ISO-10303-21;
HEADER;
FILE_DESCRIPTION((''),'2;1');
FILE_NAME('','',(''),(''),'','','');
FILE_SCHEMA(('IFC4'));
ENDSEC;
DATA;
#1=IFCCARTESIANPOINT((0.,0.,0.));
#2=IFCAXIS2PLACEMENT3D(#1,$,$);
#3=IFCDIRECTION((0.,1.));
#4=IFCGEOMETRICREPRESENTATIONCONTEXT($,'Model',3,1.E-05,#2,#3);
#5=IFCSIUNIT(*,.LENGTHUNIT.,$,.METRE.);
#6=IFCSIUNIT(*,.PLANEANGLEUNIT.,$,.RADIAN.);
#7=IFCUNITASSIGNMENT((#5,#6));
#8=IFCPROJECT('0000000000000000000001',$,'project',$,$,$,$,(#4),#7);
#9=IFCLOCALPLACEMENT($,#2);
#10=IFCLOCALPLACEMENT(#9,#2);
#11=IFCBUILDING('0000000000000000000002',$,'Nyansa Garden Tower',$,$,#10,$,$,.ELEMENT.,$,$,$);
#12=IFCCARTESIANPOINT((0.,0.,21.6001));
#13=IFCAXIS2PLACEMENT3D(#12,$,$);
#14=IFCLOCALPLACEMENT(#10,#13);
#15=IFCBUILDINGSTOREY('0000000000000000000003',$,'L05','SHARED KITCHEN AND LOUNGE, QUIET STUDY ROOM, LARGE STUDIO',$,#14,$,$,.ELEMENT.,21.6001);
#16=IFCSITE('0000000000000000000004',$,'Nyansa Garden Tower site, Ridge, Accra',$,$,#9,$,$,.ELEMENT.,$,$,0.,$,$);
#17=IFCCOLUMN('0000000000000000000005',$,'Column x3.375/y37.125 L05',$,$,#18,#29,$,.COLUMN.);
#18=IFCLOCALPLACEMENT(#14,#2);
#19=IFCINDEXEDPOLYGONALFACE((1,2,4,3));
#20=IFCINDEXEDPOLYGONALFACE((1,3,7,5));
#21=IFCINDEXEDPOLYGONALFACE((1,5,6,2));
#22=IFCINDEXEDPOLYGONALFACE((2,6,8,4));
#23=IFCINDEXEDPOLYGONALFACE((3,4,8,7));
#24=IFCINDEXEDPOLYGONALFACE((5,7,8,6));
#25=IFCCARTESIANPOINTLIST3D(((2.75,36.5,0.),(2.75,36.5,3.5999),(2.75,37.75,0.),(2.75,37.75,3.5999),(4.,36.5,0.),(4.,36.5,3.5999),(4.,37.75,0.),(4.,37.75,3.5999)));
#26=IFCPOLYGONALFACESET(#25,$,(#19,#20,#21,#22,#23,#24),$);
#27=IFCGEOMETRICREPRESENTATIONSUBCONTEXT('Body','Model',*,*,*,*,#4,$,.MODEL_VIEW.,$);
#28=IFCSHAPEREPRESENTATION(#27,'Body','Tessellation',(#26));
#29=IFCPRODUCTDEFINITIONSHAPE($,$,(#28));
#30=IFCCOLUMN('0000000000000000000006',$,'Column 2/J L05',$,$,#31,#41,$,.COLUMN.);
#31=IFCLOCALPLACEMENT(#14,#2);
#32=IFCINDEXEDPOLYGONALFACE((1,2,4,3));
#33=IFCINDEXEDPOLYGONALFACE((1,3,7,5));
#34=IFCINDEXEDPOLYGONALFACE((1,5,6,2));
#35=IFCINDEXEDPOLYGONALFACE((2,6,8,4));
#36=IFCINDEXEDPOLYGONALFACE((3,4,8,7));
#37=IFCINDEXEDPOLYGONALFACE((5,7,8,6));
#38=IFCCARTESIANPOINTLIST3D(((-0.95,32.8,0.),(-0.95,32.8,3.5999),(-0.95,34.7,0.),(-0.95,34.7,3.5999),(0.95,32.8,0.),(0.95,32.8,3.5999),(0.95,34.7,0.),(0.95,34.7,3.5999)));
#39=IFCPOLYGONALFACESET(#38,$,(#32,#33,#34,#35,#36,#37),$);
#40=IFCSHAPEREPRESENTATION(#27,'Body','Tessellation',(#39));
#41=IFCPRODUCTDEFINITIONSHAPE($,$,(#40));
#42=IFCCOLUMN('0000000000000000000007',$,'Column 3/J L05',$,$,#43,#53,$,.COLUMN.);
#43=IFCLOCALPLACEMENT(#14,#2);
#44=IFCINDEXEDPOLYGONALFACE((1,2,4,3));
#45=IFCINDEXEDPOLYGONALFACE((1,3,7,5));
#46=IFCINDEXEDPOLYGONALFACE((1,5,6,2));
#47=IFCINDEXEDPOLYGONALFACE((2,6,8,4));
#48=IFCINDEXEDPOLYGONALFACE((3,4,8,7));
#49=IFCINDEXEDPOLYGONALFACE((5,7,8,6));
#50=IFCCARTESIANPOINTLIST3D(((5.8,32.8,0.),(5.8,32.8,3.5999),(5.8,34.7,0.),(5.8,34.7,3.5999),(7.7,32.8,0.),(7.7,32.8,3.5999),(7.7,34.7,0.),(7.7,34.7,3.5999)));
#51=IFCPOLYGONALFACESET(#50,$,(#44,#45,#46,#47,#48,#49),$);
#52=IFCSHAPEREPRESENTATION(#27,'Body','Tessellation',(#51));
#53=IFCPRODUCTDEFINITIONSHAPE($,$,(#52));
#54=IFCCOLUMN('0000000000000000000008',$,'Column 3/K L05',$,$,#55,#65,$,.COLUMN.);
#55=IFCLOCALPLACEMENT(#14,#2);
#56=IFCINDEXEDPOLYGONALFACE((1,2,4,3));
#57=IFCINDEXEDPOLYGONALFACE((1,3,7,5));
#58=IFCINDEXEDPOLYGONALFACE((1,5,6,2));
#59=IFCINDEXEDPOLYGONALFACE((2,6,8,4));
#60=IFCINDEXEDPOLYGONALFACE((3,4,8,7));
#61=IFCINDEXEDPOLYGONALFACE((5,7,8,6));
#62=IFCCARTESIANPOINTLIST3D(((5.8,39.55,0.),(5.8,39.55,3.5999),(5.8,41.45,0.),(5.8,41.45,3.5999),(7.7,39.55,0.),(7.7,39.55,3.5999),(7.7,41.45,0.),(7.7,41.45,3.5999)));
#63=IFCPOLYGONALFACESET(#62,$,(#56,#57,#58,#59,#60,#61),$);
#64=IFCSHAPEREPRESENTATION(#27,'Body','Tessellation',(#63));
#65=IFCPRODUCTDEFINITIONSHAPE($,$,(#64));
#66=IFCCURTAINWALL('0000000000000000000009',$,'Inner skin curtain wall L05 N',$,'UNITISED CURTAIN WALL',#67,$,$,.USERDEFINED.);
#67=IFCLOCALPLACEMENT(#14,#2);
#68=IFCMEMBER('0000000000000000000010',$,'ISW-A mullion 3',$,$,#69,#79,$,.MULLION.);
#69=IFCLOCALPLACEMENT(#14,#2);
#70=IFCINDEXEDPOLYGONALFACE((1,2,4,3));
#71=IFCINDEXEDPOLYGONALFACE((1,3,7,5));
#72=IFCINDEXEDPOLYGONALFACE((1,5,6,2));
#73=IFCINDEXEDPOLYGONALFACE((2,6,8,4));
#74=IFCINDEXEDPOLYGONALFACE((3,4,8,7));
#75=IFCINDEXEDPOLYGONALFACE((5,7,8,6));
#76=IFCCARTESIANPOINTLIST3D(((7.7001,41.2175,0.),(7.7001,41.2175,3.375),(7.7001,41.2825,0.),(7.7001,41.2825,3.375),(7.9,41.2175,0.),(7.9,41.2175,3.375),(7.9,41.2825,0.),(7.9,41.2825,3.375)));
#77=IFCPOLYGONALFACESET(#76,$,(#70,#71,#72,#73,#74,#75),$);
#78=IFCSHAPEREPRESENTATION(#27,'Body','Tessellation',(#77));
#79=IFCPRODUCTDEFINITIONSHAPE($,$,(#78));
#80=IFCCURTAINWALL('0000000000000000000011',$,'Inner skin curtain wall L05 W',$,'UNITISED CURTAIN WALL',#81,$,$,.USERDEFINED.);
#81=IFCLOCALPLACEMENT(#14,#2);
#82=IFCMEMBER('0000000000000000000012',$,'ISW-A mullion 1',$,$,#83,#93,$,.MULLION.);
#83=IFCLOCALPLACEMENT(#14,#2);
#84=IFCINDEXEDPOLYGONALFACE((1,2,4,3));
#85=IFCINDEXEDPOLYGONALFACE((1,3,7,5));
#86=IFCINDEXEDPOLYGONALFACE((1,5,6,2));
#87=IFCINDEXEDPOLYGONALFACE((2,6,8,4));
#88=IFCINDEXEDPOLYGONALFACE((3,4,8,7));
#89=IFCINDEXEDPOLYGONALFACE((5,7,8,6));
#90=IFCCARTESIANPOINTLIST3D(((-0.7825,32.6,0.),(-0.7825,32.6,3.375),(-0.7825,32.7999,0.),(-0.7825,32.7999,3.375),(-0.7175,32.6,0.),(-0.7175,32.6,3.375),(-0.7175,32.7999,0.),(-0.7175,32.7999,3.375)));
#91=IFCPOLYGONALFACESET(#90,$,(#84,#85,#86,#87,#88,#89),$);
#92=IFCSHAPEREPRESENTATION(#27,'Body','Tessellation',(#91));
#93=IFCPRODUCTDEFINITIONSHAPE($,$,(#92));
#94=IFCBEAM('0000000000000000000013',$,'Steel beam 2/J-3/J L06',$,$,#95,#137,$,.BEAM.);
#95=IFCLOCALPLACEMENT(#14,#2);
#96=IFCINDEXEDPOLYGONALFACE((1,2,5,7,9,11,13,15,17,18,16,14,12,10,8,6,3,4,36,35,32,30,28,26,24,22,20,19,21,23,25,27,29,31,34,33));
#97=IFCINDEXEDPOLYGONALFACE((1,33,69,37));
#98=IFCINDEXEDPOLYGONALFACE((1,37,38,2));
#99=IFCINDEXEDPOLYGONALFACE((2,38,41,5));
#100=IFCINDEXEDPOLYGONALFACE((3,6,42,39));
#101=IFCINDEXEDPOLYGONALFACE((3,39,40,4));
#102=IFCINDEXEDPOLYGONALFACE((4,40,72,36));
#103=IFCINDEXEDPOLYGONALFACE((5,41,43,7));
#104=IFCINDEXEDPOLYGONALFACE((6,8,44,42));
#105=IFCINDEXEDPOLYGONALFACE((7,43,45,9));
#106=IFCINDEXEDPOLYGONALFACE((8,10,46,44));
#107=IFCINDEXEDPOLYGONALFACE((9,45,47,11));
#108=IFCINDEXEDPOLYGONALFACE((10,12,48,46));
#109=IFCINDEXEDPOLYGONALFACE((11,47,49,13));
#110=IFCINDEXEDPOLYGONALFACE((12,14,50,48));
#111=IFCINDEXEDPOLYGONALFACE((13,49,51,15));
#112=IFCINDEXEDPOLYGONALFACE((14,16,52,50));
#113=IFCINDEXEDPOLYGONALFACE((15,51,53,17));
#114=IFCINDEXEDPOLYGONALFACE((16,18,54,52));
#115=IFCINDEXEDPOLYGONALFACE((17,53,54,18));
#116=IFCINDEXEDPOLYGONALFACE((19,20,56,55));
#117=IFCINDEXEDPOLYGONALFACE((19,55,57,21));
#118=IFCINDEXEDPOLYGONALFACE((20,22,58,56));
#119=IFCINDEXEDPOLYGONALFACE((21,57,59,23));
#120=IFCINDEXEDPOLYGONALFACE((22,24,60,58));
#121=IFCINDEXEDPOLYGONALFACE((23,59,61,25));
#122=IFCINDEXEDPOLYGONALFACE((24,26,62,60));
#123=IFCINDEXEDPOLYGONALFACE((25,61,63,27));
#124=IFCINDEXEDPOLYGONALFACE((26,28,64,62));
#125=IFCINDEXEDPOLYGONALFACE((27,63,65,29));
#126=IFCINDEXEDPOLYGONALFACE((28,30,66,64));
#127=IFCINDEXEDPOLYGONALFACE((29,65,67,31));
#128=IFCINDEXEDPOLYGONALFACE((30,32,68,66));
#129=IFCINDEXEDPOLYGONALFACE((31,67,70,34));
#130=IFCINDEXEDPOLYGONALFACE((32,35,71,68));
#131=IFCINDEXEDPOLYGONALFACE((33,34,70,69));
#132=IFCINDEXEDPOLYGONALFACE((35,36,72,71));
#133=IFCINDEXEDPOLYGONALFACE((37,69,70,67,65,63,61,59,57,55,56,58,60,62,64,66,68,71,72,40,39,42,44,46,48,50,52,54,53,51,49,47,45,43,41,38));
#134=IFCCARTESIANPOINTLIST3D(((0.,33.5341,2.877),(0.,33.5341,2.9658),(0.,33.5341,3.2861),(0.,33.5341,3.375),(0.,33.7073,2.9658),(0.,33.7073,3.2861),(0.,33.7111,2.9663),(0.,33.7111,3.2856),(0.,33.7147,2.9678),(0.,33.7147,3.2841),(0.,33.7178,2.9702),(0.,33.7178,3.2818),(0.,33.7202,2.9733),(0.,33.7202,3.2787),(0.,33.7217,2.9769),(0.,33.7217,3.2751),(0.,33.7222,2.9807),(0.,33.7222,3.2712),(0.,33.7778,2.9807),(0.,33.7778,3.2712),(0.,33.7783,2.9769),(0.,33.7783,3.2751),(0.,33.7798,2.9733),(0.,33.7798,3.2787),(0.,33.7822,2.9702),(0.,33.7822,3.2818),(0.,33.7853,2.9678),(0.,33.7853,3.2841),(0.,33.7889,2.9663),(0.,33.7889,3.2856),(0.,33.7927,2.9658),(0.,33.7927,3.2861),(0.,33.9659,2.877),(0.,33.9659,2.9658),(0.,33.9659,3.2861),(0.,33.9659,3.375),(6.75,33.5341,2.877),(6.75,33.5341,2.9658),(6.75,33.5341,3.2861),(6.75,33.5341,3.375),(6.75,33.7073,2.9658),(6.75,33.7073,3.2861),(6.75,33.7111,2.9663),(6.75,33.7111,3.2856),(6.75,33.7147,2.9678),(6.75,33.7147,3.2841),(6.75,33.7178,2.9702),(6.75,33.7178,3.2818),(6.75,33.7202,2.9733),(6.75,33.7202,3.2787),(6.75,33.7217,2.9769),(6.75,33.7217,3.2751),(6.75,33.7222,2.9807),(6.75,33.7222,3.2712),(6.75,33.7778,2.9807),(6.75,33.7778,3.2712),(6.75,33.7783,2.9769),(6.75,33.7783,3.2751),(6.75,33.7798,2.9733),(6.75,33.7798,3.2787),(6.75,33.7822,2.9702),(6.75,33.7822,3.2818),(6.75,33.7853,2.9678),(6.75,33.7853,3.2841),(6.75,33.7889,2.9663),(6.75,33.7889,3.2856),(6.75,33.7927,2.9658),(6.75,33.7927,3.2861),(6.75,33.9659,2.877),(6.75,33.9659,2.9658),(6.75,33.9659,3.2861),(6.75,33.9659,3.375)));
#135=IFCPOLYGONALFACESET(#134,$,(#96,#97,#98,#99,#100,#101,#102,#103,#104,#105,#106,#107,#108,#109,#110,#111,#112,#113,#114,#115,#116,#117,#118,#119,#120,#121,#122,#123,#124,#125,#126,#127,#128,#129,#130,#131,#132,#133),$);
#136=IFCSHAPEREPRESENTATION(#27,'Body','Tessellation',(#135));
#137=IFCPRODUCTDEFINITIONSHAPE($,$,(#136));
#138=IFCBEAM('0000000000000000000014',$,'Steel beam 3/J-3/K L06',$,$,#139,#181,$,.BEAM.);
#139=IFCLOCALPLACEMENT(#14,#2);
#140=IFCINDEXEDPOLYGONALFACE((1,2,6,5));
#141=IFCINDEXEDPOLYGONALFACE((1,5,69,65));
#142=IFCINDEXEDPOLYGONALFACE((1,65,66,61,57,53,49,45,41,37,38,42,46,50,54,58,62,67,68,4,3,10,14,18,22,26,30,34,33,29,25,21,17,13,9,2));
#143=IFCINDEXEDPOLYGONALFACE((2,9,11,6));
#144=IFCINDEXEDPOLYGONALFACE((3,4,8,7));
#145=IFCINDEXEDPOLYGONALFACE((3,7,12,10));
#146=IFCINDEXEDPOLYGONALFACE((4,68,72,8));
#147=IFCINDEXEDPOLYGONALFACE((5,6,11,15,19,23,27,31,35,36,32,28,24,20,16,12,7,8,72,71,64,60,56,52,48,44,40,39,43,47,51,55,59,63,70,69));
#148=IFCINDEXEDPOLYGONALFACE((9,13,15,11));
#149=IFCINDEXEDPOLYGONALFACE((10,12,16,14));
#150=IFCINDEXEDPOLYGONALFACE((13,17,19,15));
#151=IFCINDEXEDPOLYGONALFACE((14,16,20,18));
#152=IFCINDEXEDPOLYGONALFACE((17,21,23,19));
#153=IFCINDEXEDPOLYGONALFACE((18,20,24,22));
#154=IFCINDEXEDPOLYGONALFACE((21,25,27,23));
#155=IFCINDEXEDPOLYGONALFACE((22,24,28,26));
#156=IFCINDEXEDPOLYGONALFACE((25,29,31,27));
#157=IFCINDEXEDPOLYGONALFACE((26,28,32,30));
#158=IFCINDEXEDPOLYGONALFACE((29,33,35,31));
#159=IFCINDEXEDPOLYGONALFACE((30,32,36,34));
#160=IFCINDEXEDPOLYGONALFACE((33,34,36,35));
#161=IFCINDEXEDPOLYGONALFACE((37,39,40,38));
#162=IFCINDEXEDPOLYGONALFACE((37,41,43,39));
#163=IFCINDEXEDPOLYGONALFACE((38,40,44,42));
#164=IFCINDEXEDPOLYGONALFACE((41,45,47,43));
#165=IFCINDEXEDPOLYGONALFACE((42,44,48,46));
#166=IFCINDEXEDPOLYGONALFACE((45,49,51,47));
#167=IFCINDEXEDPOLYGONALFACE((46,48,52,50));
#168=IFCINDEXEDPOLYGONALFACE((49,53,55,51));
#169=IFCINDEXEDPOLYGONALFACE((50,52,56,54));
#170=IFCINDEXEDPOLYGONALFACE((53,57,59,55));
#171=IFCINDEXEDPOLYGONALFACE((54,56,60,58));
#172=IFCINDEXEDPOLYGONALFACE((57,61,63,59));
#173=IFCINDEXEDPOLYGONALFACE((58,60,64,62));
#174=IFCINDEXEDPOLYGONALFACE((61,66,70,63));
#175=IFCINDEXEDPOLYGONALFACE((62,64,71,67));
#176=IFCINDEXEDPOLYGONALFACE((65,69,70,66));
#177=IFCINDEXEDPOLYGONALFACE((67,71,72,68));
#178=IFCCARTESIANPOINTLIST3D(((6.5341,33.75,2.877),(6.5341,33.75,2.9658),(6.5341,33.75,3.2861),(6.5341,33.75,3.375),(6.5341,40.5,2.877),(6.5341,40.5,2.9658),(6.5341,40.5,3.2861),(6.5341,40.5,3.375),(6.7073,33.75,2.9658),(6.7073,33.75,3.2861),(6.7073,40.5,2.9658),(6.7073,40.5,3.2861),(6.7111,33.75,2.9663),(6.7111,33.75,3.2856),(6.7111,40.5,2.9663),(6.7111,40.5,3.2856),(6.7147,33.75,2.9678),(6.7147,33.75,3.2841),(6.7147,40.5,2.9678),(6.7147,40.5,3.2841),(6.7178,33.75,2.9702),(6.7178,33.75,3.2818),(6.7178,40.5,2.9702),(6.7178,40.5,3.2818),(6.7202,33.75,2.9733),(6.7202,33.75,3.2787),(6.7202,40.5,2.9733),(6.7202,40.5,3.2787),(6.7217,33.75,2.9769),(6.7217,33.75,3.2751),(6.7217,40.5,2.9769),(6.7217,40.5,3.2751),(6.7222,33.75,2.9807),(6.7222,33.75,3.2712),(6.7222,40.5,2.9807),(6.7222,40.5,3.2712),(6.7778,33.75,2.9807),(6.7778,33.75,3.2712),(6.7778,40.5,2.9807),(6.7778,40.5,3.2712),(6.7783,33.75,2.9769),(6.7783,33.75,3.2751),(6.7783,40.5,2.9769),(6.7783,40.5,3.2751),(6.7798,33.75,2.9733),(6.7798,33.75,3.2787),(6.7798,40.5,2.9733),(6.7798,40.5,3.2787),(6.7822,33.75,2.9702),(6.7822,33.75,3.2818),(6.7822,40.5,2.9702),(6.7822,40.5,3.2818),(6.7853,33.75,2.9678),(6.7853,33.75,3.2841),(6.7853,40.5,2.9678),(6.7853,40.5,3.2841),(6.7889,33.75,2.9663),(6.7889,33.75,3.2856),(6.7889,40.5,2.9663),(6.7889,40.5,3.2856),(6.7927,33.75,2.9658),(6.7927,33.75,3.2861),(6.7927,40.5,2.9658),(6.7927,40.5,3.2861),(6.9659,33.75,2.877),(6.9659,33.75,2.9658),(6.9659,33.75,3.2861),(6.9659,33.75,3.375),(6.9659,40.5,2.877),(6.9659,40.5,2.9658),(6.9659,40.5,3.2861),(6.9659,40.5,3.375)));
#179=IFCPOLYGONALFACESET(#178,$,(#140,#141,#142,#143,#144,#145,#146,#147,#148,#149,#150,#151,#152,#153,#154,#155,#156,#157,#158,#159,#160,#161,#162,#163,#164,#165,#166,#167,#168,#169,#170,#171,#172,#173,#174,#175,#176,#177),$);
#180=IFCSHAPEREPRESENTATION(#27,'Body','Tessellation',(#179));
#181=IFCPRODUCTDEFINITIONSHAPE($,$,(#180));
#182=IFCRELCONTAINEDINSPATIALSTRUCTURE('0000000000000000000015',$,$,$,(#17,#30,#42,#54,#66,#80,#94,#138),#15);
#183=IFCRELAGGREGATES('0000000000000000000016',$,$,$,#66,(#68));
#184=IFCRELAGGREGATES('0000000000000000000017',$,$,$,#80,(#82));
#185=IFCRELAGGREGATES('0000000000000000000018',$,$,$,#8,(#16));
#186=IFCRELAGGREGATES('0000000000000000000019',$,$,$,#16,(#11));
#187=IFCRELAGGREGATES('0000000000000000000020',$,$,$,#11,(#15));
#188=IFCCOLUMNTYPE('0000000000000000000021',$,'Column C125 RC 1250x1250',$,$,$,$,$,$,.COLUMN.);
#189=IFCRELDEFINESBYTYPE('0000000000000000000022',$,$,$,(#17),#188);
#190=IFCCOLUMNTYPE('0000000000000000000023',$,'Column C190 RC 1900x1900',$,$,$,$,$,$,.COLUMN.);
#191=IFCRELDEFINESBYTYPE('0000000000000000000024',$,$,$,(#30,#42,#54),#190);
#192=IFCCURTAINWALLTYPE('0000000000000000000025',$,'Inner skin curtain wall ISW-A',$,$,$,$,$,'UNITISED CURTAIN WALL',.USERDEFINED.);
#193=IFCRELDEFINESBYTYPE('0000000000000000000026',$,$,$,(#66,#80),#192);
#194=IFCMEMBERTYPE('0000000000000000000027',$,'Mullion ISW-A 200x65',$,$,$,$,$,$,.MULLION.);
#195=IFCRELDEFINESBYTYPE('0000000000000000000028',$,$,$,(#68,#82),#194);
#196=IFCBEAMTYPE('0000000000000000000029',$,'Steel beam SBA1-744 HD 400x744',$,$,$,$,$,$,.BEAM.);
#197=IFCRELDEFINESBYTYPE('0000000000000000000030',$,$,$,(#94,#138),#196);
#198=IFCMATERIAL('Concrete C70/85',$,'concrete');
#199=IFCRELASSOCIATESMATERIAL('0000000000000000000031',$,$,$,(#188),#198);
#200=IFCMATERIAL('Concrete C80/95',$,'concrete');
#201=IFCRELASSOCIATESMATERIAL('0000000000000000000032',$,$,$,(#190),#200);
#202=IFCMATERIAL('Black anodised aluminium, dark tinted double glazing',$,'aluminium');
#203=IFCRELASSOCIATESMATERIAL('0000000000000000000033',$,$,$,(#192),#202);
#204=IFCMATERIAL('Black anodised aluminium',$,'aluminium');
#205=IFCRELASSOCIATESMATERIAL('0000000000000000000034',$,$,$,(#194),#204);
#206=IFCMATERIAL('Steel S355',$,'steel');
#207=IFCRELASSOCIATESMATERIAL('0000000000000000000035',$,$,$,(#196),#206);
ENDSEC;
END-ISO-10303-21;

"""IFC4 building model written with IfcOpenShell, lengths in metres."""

from ifc_helpers import new_model, si_unit, direction, frame, origin, origin_2d, place, context, subcontext, project, spatial, rectangle, i_section, extrude, material, material_profile, profile_set, type_object, element, aggregate, save


model = new_model("IFC4")

# Units and contexts
model_context = context("Model", 3, precision=1e-05, world=origin(), true_north=direction((0.0, 1.0)))
body_context = subcontext(model_context, "Body", "Model", "MODEL_VIEW")
ifc_project = project(units=[si_unit("LENGTHUNIT", "METRE"), si_unit("PLANEANGLEUNIT", "RADIAN")], contexts=[model_context])

# Site, building, storey
site_placement = place(None, origin())
site = spatial("IfcSite", under=ifc_project, at=site_placement, Name="Nyansa Garden Tower site, Ridge, Accra", CompositionType="ELEMENT", RefElevation=0.0)
building_placement = place(site_placement, origin())
building = spatial("IfcBuilding", under=site, at=building_placement, Name="Nyansa Garden Tower", CompositionType="ELEMENT")
storey_placement = place(building_placement, frame((0.0, 0.0, 21.6001)))
storey = spatial("IfcBuildingStorey", under=building, at=storey_placement, Name="L05", Description="SHARED KITCHEN AND LOUNGE, QUIET STUDY ROOM, LARGE STUDIO", CompositionType="ELEMENT", Elevation=21.6001)

# Columns
ifc_material_1 = material(Name="Concrete C70/85", Category="concrete")
ifc_material_profile_1 = material_profile(ifc_material_1, rectangle(XDim=1.25, YDim=1.25, at=origin_2d()), Name="RC 1250x1250")
ifc_profile_set_1 = profile_set([ifc_material_profile_1], Name="Concrete C70/85")
column_type_1 = type_object("IfcColumnType", Name="Column C125 RC 1250x1250", PredefinedType="COLUMN", material=ifc_profile_set_1)
column_placement = place(storey_placement, frame((3.375, 37.125, 0.0), z_axis=(0.0, 0.0, 1.0), x_axis=(1.0, 0.0, 0.0)))
element("IfcColumn", 1, at=column_placement, inside=storey, type_object=column_type_1, Name="Column x3.375/y37.125 L05", PredefinedType="COLUMN", context=body_context, shape_type="SweptSolid", body=[
    extrude(rectangle(XDim=1.25, YDim=1.25, at=origin_2d()), origin(), (0.0, 0.0, 1.0), 3.5999),
])
ifc_material_2 = material(Name="Concrete C80/95", Category="concrete")
ifc_material_profile_2 = material_profile(ifc_material_2, rectangle(XDim=1.8999, YDim=1.8999, at=origin_2d()), Name="RC 1900x1900")
ifc_profile_set_2 = profile_set([ifc_material_profile_2], Name="Concrete C80/95")
column_type_2 = type_object("IfcColumnType", Name="Column C190 RC 1900x1900", PredefinedType="COLUMN", material=ifc_profile_set_2)
for number, where, z_axis, x_axis, name in (
    (2, (0.0, 33.75, 0.0), (0.0, 0.0, 1.0), (1.0, 0.0, 0.0), "Column 2/J L05"),
    (3, (6.75, 33.75, 0.0), (0.0, 0.0, 1.0), (1.0, 0.0, 0.0), "Column 3/J L05"),
    (4, (6.75, 40.5, 0.0), (0.0, 0.0, 1.0), (1.0, 0.0, 0.0), "Column 3/K L05"),
):
    element("IfcColumn", number, at=place(storey_placement, frame(where, z_axis=z_axis, x_axis=x_axis)), inside=storey, type_object=column_type_2, Name=name, PredefinedType="COLUMN", context=body_context, shape_type="SweptSolid", body=[
        extrude(rectangle(XDim=1.8999, YDim=1.8999, at=origin_2d()), origin(), (0.0, 0.0, 1.0), 3.5999),
    ])

# Curtain walls, members
ifc_material_3 = material(Name="Black anodised aluminium, dark tinted double glazing", Category="aluminium")
curtain_wall_type = type_object("IfcCurtainWallType", Name="Inner skin curtain wall ISW-A", ElementType="UNITISED CURTAIN WALL", PredefinedType="USERDEFINED", material=ifc_material_3)
curtain_wall_1_placement = place(storey_placement, origin())
curtain_wall_1 = element("IfcCurtainWall", 5, at=curtain_wall_1_placement, inside=storey, type_object=curtain_wall_type, Name="Inner skin curtain wall L05 N", ObjectType="UNITISED CURTAIN WALL", PredefinedType="USERDEFINED")
ifc_material_4 = material(Name="Black anodised aluminium", Category="aluminium")
ifc_material_profile_3 = material_profile(ifc_material_4, rectangle(XDim=0.0649, YDim=0.2, at=origin_2d()), Name="Mullion 200x65")
ifc_profile_set_3 = profile_set([ifc_material_profile_3], Name="Black anodised aluminium")
member_type_1 = type_object("IfcMemberType", Name="Mullion ISW-A 200x65", PredefinedType="MULLION", material=ifc_profile_set_3)
member_1_placement = place(storey_placement, frame((7.8, 41.25, 0.0), z_axis=(0.0, 0.0, 1.0), x_axis=(0.0, -1.0, 0.0)))
member_1 = element("IfcMember", 6, at=member_1_placement, type_object=member_type_1, Name="ISW-A mullion 3", PredefinedType="MULLION", context=body_context, shape_type="SweptSolid", body=[
    extrude(rectangle(XDim=0.0649, YDim=0.2, at=origin_2d()), origin(), (0.0, 0.0, 1.0), 3.375),
])
curtain_wall_2_placement = place(storey_placement, origin())
curtain_wall_2 = element("IfcCurtainWall", 7, at=curtain_wall_2_placement, inside=storey, type_object=curtain_wall_type, Name="Inner skin curtain wall L05 W", ObjectType="UNITISED CURTAIN WALL", PredefinedType="USERDEFINED")
member_2_placement = place(storey_placement, frame((-0.75, 32.7, 0.0), z_axis=(0.0, 0.0, 1.0), x_axis=(1.0, 0.0, 0.0)))
member_2 = element("IfcMember", 8, at=member_2_placement, type_object=member_type_1, Name="ISW-A mullion 1", PredefinedType="MULLION", context=body_context, shape_type="SweptSolid", body=[
    extrude(rectangle(XDim=0.0649, YDim=0.2, at=origin_2d()), origin(), (0.0, 0.0, 1.0), 3.375),
])

# Beams
ifc_material_5 = material(Name="Steel S355", Category="steel")
ifc_material_profile_4 = material_profile(ifc_material_5, i_section(OverallWidth=0.4319, OverallDepth=0.498, WebThickness=0.0557, FlangeThickness=0.0889, FilletRadius=0.0149, at=origin_2d()), Name="HD 400x744")
ifc_profile_set_4 = profile_set([ifc_material_profile_4], Name="Steel S355")
beam_type_1 = type_object("IfcBeamType", Name="Steel beam SBA1-744 HD 400x744", PredefinedType="BEAM", material=ifc_profile_set_4)
for number, where, z_axis, x_axis, name in (
    (9, (0.0, 33.75, 3.126), (1.0, 0.0, 0.0), (0.0, 1.0, 0.0), "Steel beam 2/J-3/J L06"),
    (10, (6.75, 33.75, 3.126), (0.0, 1.0, 0.0), (-1.0, 0.0, 0.0), "Steel beam 3/J-3/K L06"),
):
    element("IfcBeam", number, at=place(storey_placement, frame(where, z_axis=z_axis, x_axis=x_axis)), inside=storey, type_object=beam_type_1, Name=name, PredefinedType="BEAM", context=body_context, shape_type="SweptSolid", body=[
        extrude(i_section(OverallWidth=0.4319, OverallDepth=0.498, WebThickness=0.0557, FlangeThickness=0.0889, FilletRadius=0.0149, at=origin_2d()), origin(), (0.0, 0.0, 1.0), 6.75),
    ])

aggregate(curtain_wall_1, [member_1])
aggregate(curtain_wall_2, [member_2])

save(model, "model.ifc")
